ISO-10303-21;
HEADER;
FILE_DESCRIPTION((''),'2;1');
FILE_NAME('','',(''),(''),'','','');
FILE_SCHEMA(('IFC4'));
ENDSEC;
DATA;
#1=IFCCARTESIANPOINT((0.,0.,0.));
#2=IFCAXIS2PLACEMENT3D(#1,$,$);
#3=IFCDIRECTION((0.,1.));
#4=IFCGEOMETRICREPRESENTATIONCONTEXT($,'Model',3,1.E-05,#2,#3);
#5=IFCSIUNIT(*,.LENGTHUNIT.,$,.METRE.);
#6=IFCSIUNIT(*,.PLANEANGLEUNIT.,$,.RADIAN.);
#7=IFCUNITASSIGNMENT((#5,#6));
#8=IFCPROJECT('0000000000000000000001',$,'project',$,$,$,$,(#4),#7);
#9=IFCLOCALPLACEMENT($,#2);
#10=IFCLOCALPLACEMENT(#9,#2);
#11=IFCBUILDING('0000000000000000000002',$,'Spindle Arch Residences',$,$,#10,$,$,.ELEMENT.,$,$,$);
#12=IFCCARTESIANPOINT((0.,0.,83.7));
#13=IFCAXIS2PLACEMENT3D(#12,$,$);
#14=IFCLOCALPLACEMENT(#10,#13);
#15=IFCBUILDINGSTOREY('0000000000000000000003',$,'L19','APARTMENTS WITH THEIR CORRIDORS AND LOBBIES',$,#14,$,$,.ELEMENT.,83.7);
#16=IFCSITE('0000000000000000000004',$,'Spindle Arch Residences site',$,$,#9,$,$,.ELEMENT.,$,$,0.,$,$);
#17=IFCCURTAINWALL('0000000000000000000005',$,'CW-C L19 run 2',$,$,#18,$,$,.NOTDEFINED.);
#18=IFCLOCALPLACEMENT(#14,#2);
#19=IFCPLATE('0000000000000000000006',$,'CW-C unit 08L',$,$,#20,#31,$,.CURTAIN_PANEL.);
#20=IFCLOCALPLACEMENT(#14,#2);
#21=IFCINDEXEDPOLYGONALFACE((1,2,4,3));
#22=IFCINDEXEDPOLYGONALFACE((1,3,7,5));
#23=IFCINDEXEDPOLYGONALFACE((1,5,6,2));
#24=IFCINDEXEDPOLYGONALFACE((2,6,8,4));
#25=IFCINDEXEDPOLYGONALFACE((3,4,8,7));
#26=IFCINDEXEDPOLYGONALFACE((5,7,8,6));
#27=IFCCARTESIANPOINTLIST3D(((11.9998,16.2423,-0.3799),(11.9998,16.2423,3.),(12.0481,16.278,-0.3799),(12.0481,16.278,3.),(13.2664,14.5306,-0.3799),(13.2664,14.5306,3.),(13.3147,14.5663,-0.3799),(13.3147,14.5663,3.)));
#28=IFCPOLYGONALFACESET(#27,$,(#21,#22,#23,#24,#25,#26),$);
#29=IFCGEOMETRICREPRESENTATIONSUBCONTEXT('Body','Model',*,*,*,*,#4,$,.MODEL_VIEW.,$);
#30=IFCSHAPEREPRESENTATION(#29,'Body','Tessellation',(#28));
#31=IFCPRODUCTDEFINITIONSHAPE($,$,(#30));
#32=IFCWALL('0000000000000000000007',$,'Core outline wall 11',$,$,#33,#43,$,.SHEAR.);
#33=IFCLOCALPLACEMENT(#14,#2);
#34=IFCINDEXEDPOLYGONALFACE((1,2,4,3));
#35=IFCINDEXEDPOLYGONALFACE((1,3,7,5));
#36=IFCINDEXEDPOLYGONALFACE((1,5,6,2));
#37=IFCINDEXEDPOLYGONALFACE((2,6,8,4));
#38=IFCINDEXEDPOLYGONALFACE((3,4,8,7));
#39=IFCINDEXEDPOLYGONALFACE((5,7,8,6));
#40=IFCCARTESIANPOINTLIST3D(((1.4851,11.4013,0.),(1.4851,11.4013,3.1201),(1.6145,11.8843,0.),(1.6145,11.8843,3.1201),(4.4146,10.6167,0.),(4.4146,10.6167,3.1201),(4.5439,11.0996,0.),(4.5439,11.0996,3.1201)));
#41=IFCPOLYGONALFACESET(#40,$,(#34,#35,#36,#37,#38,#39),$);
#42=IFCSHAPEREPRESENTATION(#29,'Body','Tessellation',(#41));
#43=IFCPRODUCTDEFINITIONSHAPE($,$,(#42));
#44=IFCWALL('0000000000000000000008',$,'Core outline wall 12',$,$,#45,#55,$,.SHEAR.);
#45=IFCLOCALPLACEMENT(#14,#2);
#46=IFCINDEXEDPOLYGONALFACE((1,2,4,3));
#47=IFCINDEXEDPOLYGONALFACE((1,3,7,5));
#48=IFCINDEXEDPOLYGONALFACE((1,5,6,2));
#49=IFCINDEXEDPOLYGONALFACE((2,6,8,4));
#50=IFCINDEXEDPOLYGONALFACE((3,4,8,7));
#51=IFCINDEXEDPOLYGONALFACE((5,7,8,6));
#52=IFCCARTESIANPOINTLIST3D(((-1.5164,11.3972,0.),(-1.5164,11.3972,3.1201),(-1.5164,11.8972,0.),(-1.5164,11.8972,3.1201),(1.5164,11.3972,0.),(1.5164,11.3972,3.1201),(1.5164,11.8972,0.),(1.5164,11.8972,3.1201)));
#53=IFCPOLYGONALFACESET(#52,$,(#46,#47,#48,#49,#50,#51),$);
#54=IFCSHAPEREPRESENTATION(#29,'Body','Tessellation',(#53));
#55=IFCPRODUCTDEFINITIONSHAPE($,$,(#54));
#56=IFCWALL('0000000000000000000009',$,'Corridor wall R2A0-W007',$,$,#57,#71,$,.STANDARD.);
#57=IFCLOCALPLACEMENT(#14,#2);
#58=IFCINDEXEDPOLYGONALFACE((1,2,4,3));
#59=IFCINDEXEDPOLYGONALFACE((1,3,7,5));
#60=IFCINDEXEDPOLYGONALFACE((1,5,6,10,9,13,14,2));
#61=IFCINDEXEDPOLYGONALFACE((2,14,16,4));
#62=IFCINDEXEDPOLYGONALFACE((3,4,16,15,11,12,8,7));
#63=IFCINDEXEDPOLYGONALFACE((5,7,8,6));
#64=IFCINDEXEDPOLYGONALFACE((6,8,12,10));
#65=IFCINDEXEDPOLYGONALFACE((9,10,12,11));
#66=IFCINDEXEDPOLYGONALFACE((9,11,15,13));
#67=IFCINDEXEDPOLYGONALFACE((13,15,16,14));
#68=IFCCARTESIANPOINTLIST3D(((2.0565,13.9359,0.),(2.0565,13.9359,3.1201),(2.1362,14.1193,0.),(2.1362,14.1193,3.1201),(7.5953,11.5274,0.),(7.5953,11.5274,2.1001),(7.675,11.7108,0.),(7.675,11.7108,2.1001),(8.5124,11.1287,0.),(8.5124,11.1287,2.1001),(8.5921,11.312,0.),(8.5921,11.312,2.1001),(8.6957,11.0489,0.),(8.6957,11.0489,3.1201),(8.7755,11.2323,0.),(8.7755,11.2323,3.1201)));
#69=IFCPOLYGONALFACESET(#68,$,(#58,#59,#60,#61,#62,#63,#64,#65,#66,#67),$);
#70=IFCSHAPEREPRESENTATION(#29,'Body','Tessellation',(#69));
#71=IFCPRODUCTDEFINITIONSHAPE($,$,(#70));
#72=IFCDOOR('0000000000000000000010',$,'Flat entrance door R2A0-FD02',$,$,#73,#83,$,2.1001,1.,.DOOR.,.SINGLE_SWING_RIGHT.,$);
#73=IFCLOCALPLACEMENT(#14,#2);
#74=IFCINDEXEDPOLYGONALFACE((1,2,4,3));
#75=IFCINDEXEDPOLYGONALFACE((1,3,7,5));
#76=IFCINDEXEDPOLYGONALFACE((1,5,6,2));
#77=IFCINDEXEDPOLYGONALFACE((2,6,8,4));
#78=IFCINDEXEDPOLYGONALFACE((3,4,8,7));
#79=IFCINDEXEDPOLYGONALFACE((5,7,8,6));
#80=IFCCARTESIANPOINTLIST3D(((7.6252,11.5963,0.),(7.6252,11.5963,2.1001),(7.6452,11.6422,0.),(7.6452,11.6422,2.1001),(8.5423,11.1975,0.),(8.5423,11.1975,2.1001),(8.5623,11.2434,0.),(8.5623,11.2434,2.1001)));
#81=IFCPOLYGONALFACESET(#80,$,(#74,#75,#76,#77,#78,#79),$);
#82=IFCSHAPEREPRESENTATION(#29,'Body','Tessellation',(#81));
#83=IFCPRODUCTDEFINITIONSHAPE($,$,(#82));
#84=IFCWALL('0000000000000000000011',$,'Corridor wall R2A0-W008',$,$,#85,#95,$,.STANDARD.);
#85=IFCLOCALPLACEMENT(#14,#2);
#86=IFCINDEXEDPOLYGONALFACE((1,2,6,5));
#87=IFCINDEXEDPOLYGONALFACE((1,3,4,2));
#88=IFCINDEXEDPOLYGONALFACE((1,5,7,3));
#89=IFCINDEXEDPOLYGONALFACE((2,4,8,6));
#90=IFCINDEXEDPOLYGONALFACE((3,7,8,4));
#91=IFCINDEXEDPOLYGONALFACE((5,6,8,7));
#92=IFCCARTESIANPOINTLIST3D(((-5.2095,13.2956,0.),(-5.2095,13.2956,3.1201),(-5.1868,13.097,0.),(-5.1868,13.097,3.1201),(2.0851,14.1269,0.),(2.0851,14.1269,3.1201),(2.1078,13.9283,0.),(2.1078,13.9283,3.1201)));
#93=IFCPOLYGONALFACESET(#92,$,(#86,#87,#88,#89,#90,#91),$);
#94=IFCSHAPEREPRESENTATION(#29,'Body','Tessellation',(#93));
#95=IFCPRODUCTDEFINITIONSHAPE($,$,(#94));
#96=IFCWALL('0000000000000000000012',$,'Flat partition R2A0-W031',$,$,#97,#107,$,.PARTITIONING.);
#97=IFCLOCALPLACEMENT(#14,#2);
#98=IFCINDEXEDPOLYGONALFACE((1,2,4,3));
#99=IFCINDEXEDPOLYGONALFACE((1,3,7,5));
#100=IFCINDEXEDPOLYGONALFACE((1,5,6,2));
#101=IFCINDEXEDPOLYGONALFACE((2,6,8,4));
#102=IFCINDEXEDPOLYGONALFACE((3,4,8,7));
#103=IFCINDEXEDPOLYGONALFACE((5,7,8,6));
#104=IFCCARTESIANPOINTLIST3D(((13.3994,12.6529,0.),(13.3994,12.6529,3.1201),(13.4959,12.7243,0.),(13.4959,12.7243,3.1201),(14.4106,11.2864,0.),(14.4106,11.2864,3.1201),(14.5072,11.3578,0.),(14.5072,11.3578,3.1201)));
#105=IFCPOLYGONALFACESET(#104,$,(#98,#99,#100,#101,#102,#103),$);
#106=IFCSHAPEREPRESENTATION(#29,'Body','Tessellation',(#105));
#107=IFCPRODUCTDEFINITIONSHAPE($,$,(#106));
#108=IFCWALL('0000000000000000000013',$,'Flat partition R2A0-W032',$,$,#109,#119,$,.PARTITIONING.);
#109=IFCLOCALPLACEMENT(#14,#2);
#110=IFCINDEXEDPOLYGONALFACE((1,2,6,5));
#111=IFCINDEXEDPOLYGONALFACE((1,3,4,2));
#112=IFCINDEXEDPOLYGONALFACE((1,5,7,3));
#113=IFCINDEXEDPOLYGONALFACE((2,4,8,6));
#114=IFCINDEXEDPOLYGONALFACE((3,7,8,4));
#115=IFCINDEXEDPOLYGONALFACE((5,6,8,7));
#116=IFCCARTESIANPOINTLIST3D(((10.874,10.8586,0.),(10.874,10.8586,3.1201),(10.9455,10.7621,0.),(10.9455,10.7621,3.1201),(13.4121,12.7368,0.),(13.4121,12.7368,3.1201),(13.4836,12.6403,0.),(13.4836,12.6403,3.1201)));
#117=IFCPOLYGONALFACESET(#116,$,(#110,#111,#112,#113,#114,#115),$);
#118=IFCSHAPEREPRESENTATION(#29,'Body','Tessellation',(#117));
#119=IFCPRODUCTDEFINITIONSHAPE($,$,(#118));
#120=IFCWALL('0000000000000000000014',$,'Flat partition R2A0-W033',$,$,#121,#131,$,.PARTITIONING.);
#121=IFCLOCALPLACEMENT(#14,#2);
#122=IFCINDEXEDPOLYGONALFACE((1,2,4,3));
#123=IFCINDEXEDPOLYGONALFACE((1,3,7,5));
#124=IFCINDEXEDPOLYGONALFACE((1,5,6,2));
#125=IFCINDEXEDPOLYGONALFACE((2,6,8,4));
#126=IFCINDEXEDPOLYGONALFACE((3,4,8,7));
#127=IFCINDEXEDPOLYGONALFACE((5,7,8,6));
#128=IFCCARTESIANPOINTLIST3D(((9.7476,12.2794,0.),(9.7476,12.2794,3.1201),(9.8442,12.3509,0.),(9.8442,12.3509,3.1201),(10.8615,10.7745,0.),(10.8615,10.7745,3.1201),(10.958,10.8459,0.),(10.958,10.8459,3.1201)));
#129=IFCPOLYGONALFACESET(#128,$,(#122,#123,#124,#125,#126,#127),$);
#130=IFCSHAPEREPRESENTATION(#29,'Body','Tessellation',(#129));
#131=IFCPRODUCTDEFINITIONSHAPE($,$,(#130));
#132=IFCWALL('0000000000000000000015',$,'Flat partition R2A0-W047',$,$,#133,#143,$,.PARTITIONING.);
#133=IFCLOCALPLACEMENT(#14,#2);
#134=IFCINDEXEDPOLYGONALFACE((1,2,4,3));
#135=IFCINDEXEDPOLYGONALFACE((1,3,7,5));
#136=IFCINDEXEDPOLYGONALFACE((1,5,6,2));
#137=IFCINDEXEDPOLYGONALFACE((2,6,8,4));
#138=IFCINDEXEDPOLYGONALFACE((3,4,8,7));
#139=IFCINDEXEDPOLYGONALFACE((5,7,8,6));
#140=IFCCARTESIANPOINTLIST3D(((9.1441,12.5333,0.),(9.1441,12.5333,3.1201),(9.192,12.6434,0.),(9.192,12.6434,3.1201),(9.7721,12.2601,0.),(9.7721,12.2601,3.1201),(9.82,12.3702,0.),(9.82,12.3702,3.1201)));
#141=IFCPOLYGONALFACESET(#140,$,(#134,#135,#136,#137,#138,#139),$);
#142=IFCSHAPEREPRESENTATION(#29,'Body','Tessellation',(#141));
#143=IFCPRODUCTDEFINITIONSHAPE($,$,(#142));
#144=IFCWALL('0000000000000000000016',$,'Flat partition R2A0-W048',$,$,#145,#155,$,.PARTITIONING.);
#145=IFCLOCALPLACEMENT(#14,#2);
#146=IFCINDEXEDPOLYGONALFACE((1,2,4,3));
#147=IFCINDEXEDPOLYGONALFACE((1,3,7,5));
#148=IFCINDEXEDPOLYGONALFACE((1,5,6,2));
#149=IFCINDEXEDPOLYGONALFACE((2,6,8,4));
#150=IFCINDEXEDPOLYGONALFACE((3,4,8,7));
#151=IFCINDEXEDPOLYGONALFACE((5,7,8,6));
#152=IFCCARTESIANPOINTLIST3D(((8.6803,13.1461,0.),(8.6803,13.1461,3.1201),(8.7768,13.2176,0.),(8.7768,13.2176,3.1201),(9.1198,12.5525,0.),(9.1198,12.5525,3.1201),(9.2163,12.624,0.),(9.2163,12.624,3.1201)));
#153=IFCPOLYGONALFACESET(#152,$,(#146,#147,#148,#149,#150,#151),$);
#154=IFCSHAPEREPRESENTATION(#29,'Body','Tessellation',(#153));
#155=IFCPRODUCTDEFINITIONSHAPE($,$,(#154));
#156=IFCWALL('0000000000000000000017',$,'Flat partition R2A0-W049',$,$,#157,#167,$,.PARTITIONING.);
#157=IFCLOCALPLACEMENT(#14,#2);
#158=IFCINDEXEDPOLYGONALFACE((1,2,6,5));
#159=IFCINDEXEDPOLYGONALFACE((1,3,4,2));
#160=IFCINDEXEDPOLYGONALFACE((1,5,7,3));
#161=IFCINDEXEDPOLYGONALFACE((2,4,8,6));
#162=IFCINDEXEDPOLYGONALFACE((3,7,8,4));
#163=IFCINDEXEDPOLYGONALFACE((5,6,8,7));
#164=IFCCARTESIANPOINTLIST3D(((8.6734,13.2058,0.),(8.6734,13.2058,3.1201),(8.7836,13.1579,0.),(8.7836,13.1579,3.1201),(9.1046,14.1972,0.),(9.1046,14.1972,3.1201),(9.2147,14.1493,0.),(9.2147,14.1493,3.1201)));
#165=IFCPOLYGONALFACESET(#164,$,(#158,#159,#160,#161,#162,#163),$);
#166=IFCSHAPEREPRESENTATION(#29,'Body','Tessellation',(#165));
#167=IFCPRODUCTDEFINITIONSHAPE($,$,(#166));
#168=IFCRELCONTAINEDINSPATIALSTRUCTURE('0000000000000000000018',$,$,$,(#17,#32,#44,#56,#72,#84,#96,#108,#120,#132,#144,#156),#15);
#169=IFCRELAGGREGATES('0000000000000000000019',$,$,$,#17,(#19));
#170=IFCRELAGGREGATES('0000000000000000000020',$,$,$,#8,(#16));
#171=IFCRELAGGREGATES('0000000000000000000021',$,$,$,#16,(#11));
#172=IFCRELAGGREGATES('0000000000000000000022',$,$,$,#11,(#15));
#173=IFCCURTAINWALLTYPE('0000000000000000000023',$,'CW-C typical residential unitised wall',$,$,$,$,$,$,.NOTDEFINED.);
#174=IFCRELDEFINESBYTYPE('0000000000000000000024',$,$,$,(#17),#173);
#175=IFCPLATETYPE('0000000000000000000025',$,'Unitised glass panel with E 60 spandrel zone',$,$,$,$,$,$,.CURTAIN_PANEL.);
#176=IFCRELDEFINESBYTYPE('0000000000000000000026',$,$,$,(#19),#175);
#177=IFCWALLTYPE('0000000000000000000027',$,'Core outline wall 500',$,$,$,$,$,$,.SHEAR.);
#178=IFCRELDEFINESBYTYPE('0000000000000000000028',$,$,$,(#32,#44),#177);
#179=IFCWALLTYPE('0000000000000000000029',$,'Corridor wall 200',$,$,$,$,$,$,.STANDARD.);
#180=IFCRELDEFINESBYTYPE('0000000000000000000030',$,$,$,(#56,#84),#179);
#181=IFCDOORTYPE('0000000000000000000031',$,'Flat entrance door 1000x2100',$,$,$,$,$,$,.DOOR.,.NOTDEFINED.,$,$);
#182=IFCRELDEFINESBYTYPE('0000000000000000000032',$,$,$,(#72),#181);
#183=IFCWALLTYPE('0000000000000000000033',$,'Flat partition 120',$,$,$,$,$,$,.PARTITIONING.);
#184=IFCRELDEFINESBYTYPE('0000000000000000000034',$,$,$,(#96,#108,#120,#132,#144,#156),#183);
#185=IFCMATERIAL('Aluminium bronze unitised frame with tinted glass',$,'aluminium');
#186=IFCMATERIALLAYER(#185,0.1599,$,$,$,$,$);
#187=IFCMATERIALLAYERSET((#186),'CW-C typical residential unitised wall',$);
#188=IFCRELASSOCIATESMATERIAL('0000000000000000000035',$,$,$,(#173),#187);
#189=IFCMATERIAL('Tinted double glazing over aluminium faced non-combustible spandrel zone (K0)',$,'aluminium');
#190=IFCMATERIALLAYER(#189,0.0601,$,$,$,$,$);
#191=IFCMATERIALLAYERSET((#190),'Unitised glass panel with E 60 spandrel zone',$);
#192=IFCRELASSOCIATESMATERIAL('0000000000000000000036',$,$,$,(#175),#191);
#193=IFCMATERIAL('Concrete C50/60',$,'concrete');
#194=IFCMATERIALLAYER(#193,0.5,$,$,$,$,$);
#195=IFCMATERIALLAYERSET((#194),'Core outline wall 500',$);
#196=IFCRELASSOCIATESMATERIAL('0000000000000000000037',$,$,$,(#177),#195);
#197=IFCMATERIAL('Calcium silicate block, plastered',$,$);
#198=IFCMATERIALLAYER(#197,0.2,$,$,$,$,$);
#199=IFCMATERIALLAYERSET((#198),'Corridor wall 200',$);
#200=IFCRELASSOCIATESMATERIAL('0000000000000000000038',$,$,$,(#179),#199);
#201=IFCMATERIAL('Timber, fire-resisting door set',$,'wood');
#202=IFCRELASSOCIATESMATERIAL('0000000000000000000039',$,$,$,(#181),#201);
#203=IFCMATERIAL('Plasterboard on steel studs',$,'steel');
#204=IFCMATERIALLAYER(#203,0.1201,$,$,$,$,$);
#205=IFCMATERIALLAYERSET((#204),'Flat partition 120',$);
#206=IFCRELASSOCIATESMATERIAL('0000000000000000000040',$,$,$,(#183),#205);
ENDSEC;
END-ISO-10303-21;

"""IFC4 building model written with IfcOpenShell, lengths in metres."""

from ifc_helpers import new_model, si_unit, direction, frame, frame_2d, origin, origin_2d, place, context, subcontext, project, spatial, rectangle, extrude, material, layer, layer_set, type_object, element, fill, aggregate, save


model = new_model("IFC4")

# Units and contexts
model_context = context("Model", 3, precision=1e-05, world=origin(), true_north=direction((0.0, 1.0)))
body_context = subcontext(model_context, "Body", "Model", "MODEL_VIEW")
ifc_project = project(units=[si_unit("LENGTHUNIT", "METRE"), si_unit("PLANEANGLEUNIT", "RADIAN")], contexts=[model_context])

# Site, building, storey
site_placement = place(None, origin())
site = spatial("IfcSite", under=ifc_project, at=site_placement, Name="Spindle Arch Residences site", CompositionType="ELEMENT", RefElevation=0.0)
building_placement = place(site_placement, origin())
building = spatial("IfcBuilding", under=site, at=building_placement, Name="Spindle Arch Residences", CompositionType="ELEMENT")
storey_placement = place(building_placement, frame((0.0, 0.0, 83.7)))
storey = spatial("IfcBuildingStorey", under=building, at=storey_placement, Name="L19", Description="APARTMENTS WITH THEIR CORRIDORS AND LOBBIES", CompositionType="ELEMENT", Elevation=83.7)

# Curtain wall
ifc_material_1 = material(Name="Aluminium bronze unitised frame with tinted glass", Category="aluminium")
ifc_layer_1 = layer(ifc_material_1, 0.1599)
ifc_layer_set_1 = layer_set([ifc_layer_1], Name="CW-C typical residential unitised wall")
curtain_wall_type = type_object("IfcCurtainWallType", Name="CW-C typical residential unitised wall", PredefinedType="NOTDEFINED", material=ifc_layer_set_1)
curtain_wall_placement = place(storey_placement, origin())
curtain_wall = element("IfcCurtainWall", 1, at=curtain_wall_placement, inside=storey, type_object=curtain_wall_type, Name="CW-C L19 run 2", PredefinedType="NOTDEFINED")

# Plate
ifc_material_2 = material(Name="Tinted double glazing over aluminium faced non-combustible spandrel zone (K0)", Category="aluminium")
ifc_layer_2 = layer(ifc_material_2, 0.0601)
ifc_layer_set_2 = layer_set([ifc_layer_2], Name="Unitised glass panel with E 60 spandrel zone")
plate_type = type_object("IfcPlateType", Name="Unitised glass panel with E 60 spandrel zone", PredefinedType="CURTAIN_PANEL", material=ifc_layer_set_2)
plate_1_placement = place(storey_placement, frame((12.6572, 15.4043, -0.3799), z_axis=(0.0, 0.0, 1.0), x_axis=(-0.594823, 0.803857, 0.0)))
plate_1 = element("IfcPlate", 2, at=plate_1_placement, type_object=plate_type, Name="CW-C unit 08L", PredefinedType="CURTAIN_PANEL", context=body_context, shape_type="SweptSolid", body=[
    extrude(rectangle(XDim=2.1294, YDim=0.0601, at=origin_2d()), origin(), (0.0, 0.0, 1.0), 3.3799),
])
aggregate(curtain_wall, [plate_1])

# Walls
ifc_material_3 = material(Name="Concrete C50/60", Category="concrete")
ifc_layer_3 = layer(ifc_material_3, 0.5)
ifc_layer_set_3 = layer_set([ifc_layer_3], Name="Core outline wall 500")
wall_type_1 = type_object("IfcWallType", Name="Core outline wall 500", PredefinedType="SHEAR", material=ifc_layer_set_3)
for number, where, z_axis, x_axis, name in (
    (3, (4.4792, 10.8582, 0.0), (0.0, 0.0, 1.0), (-0.965948, 0.258735, 0.0), "Core outline wall 11"),
    (4, (1.5164, 11.6472, 0.0), (0.0, 0.0, 1.0), (-1.0, 0.0, 0.0), "Core outline wall 12"),
):
    element("IfcWall", number, at=place(storey_placement, frame(where, z_axis=z_axis, x_axis=x_axis)), inside=storey, type_object=wall_type_1, Name=name, PredefinedType="SHEAR", context=body_context, shape_type="SweptSolid", body=[
        extrude(rectangle(XDim=3.0327, YDim=0.5, at=frame_2d((1.5164, 0.0))), origin(), (0.0, 0.0, 1.0), 3.1201),
    ])

# Wall, opening, door
ifc_material_4 = material(Name="Calcium silicate block, plastered")
ifc_layer_4 = layer(ifc_material_4, 0.2)
ifc_layer_set_4 = layer_set([ifc_layer_4], Name="Corridor wall 200")
wall_type_2 = type_object("IfcWallType", Name="Corridor wall 200", PredefinedType="STANDARD", material=ifc_layer_set_4)
wall_1_placement = place(storey_placement, frame((8.7356, 11.1406, 0.0), z_axis=(0.0, 0.0, 1.0), x_axis=(-0.917051, 0.398769, 0.0)))
wall_1 = element("IfcWall", 5, at=wall_1_placement, inside=storey, type_object=wall_type_2, Name="Corridor wall R2A0-W007", PredefinedType="STANDARD", context=body_context, shape_type="SweptSolid", body=[
    extrude(rectangle(XDim=7.2397, YDim=0.2, at=frame_2d((3.6199, 0.0))), origin(), (0.0, 0.0, 1.0), 3.1201),
])
opening_1_placement = place(wall_1_placement, frame((0.2, 0.0, 0.0)))
opening_1 = element("IfcOpeningElement", 6, at=opening_1_placement, cuts=wall_1, PredefinedType="OPENING", context=body_context, shape_type="SweptSolid", body=[
    extrude(rectangle(XDim=1.0, YDim=2.1001, at=frame_2d((0.5, 1.05))), frame((0.0, 0.1099, 0.0), z_axis=(0.0, -1.0, 0.0), x_axis=(1.0, 0.0, 0.0)), (0.0, 0.0, 1.0), 0.22),
])
ifc_material_5 = material(Name="Timber, fire-resisting door set", Category="wood")
door_type_1 = type_object("IfcDoorType", Name="Flat entrance door 1000x2100", OperationType="NOTDEFINED", PredefinedType="DOOR", material=ifc_material_5)
door_1_placement = place(opening_1_placement, origin())
door_1 = element("IfcDoor", 7, at=door_1_placement, inside=storey, type_object=door_type_1, Name="Flat entrance door R2A0-FD02", OperationType="SINGLE_SWING_RIGHT", OverallHeight=2.1001, OverallWidth=1.0, PredefinedType="DOOR", context=body_context, shape_type="SweptSolid", body=[
    extrude(rectangle(XDim=1.0, YDim=2.1001, at=frame_2d((0.5, 1.05))), frame((0.0, 0.0249, 0.0), z_axis=(0.0, -1.0, 0.0), x_axis=(1.0, 0.0, 0.0)), (0.0, 0.0, 1.0), 0.05),
])
fill(opening_1, door_1)

# Walls
wall_2_placement = place(storey_placement, frame((2.0964, 14.0276, 0.0), z_axis=(0.0, 0.0, 1.0), x_axis=(-0.993569, -0.113227, 0.0)))
element("IfcWall", 8, at=wall_2_placement, inside=storey, type_object=wall_type_2, Name="Corridor wall R2A0-W008", PredefinedType="STANDARD", context=body_context, shape_type="SweptSolid", body=[
    extrude(rectangle(XDim=7.3418, YDim=0.2, at=frame_2d((3.6709, 0.0))), origin(), (0.0, 0.0, 1.0), 3.1201),
])
ifc_material_6 = material(Name="Plasterboard on steel studs", Category="steel")
ifc_layer_5 = layer(ifc_material_6, 0.1201)
ifc_layer_set_5 = layer_set([ifc_layer_5], Name="Flat partition 120")
wall_type_3 = type_object("IfcWallType", Name="Flat partition 120", PredefinedType="PARTITIONING", material=ifc_layer_set_5)
wall_3_placement = place(storey_placement, frame((14.459, 11.322, 0.0), z_axis=(0.0, 0.0, 1.0), x_axis=(-0.594863, 0.803827, 0.0)))
element("IfcWall", 9, at=wall_3_placement, inside=storey, type_object=wall_type_3, Name="Flat partition R2A0-W031", PredefinedType="PARTITIONING", context=body_context, shape_type="SweptSolid", body=[
    extrude(rectangle(XDim=1.7, YDim=0.1201, at=frame_2d((0.8501, 0.0))), origin(), (0.0, 0.0, 1.0), 3.1201),
])
wall_4_placement = place(storey_placement, frame((13.4478, 12.6885, 0.0), z_axis=(0.0, 0.0, 1.0), x_axis=(-0.803843, -0.594841, 0.0)))
element("IfcWall", 10, at=wall_4_placement, inside=storey, type_object=wall_type_3, Name="Flat partition R2A0-W032", PredefinedType="PARTITIONING", context=body_context, shape_type="SweptSolid", body=[
    extrude(rectangle(XDim=3.1575, YDim=0.1201, at=frame_2d((1.5786, 0.0))), origin(), (0.0, 0.0, 1.0), 3.1201),
])
wall_5_placement = place(storey_placement, frame((10.9097, 10.8103, 0.0), z_axis=(0.0, 0.0, 1.0), x_axis=(-0.594897, 0.803802, 0.0)))
element("IfcWall", 11, at=wall_5_placement, inside=storey, type_object=wall_type_3, Name="Flat partition R2A0-W033", PredefinedType="PARTITIONING", context=body_context, shape_type="SweptSolid", body=[
    extrude(rectangle(XDim=1.8723, YDim=0.1201, at=frame_2d((0.936, 0.0))), origin(), (0.0, 0.0, 1.0), 3.1201),
])
wall_6_placement = place(storey_placement, frame((9.7959, 12.3152, 0.0), z_axis=(0.0, 0.0, 1.0), x_axis=(-0.916974, 0.398948, 0.0)))
element("IfcWall", 12, at=wall_6_placement, inside=storey, type_object=wall_type_3, Name="Flat partition R2A0-W047", PredefinedType="PARTITIONING", context=body_context, shape_type="SweptSolid", body=[
    extrude(rectangle(XDim=0.6848, YDim=0.1201, at=frame_2d((0.3423, 0.0))), origin(), (0.0, 0.0, 1.0), 3.1201),
])
wall_7_placement = place(storey_placement, frame((9.168, 12.5884, 0.0), z_axis=(0.0, 0.0, 1.0), x_axis=(-0.595069, 0.803674, 0.0)))
element("IfcWall", 13, at=wall_7_placement, inside=storey, type_object=wall_type_3, Name="Flat partition R2A0-W048", PredefinedType="PARTITIONING", context=body_context, shape_type="SweptSolid", body=[
    extrude(rectangle(XDim=0.7385, YDim=0.1201, at=frame_2d((0.3691, 0.0))), origin(), (0.0, 0.0, 1.0), 3.1201),
])
wall_8_placement = place(storey_placement, frame((8.7285, 13.1819, 0.0), z_axis=(0.0, 0.0, 1.0), x_axis=(0.398792, 0.917041, 0.0)))
element("IfcWall", 14, at=wall_8_placement, inside=storey, type_object=wall_type_3, Name="Flat partition R2A0-W049", PredefinedType="PARTITIONING", context=body_context, shape_type="SweptSolid", body=[
    extrude(rectangle(XDim=1.0811, YDim=0.1201, at=frame_2d((0.5405, 0.0))), origin(), (0.0, 0.0, 1.0), 3.1201),
])

save(model, "model.ifc")
